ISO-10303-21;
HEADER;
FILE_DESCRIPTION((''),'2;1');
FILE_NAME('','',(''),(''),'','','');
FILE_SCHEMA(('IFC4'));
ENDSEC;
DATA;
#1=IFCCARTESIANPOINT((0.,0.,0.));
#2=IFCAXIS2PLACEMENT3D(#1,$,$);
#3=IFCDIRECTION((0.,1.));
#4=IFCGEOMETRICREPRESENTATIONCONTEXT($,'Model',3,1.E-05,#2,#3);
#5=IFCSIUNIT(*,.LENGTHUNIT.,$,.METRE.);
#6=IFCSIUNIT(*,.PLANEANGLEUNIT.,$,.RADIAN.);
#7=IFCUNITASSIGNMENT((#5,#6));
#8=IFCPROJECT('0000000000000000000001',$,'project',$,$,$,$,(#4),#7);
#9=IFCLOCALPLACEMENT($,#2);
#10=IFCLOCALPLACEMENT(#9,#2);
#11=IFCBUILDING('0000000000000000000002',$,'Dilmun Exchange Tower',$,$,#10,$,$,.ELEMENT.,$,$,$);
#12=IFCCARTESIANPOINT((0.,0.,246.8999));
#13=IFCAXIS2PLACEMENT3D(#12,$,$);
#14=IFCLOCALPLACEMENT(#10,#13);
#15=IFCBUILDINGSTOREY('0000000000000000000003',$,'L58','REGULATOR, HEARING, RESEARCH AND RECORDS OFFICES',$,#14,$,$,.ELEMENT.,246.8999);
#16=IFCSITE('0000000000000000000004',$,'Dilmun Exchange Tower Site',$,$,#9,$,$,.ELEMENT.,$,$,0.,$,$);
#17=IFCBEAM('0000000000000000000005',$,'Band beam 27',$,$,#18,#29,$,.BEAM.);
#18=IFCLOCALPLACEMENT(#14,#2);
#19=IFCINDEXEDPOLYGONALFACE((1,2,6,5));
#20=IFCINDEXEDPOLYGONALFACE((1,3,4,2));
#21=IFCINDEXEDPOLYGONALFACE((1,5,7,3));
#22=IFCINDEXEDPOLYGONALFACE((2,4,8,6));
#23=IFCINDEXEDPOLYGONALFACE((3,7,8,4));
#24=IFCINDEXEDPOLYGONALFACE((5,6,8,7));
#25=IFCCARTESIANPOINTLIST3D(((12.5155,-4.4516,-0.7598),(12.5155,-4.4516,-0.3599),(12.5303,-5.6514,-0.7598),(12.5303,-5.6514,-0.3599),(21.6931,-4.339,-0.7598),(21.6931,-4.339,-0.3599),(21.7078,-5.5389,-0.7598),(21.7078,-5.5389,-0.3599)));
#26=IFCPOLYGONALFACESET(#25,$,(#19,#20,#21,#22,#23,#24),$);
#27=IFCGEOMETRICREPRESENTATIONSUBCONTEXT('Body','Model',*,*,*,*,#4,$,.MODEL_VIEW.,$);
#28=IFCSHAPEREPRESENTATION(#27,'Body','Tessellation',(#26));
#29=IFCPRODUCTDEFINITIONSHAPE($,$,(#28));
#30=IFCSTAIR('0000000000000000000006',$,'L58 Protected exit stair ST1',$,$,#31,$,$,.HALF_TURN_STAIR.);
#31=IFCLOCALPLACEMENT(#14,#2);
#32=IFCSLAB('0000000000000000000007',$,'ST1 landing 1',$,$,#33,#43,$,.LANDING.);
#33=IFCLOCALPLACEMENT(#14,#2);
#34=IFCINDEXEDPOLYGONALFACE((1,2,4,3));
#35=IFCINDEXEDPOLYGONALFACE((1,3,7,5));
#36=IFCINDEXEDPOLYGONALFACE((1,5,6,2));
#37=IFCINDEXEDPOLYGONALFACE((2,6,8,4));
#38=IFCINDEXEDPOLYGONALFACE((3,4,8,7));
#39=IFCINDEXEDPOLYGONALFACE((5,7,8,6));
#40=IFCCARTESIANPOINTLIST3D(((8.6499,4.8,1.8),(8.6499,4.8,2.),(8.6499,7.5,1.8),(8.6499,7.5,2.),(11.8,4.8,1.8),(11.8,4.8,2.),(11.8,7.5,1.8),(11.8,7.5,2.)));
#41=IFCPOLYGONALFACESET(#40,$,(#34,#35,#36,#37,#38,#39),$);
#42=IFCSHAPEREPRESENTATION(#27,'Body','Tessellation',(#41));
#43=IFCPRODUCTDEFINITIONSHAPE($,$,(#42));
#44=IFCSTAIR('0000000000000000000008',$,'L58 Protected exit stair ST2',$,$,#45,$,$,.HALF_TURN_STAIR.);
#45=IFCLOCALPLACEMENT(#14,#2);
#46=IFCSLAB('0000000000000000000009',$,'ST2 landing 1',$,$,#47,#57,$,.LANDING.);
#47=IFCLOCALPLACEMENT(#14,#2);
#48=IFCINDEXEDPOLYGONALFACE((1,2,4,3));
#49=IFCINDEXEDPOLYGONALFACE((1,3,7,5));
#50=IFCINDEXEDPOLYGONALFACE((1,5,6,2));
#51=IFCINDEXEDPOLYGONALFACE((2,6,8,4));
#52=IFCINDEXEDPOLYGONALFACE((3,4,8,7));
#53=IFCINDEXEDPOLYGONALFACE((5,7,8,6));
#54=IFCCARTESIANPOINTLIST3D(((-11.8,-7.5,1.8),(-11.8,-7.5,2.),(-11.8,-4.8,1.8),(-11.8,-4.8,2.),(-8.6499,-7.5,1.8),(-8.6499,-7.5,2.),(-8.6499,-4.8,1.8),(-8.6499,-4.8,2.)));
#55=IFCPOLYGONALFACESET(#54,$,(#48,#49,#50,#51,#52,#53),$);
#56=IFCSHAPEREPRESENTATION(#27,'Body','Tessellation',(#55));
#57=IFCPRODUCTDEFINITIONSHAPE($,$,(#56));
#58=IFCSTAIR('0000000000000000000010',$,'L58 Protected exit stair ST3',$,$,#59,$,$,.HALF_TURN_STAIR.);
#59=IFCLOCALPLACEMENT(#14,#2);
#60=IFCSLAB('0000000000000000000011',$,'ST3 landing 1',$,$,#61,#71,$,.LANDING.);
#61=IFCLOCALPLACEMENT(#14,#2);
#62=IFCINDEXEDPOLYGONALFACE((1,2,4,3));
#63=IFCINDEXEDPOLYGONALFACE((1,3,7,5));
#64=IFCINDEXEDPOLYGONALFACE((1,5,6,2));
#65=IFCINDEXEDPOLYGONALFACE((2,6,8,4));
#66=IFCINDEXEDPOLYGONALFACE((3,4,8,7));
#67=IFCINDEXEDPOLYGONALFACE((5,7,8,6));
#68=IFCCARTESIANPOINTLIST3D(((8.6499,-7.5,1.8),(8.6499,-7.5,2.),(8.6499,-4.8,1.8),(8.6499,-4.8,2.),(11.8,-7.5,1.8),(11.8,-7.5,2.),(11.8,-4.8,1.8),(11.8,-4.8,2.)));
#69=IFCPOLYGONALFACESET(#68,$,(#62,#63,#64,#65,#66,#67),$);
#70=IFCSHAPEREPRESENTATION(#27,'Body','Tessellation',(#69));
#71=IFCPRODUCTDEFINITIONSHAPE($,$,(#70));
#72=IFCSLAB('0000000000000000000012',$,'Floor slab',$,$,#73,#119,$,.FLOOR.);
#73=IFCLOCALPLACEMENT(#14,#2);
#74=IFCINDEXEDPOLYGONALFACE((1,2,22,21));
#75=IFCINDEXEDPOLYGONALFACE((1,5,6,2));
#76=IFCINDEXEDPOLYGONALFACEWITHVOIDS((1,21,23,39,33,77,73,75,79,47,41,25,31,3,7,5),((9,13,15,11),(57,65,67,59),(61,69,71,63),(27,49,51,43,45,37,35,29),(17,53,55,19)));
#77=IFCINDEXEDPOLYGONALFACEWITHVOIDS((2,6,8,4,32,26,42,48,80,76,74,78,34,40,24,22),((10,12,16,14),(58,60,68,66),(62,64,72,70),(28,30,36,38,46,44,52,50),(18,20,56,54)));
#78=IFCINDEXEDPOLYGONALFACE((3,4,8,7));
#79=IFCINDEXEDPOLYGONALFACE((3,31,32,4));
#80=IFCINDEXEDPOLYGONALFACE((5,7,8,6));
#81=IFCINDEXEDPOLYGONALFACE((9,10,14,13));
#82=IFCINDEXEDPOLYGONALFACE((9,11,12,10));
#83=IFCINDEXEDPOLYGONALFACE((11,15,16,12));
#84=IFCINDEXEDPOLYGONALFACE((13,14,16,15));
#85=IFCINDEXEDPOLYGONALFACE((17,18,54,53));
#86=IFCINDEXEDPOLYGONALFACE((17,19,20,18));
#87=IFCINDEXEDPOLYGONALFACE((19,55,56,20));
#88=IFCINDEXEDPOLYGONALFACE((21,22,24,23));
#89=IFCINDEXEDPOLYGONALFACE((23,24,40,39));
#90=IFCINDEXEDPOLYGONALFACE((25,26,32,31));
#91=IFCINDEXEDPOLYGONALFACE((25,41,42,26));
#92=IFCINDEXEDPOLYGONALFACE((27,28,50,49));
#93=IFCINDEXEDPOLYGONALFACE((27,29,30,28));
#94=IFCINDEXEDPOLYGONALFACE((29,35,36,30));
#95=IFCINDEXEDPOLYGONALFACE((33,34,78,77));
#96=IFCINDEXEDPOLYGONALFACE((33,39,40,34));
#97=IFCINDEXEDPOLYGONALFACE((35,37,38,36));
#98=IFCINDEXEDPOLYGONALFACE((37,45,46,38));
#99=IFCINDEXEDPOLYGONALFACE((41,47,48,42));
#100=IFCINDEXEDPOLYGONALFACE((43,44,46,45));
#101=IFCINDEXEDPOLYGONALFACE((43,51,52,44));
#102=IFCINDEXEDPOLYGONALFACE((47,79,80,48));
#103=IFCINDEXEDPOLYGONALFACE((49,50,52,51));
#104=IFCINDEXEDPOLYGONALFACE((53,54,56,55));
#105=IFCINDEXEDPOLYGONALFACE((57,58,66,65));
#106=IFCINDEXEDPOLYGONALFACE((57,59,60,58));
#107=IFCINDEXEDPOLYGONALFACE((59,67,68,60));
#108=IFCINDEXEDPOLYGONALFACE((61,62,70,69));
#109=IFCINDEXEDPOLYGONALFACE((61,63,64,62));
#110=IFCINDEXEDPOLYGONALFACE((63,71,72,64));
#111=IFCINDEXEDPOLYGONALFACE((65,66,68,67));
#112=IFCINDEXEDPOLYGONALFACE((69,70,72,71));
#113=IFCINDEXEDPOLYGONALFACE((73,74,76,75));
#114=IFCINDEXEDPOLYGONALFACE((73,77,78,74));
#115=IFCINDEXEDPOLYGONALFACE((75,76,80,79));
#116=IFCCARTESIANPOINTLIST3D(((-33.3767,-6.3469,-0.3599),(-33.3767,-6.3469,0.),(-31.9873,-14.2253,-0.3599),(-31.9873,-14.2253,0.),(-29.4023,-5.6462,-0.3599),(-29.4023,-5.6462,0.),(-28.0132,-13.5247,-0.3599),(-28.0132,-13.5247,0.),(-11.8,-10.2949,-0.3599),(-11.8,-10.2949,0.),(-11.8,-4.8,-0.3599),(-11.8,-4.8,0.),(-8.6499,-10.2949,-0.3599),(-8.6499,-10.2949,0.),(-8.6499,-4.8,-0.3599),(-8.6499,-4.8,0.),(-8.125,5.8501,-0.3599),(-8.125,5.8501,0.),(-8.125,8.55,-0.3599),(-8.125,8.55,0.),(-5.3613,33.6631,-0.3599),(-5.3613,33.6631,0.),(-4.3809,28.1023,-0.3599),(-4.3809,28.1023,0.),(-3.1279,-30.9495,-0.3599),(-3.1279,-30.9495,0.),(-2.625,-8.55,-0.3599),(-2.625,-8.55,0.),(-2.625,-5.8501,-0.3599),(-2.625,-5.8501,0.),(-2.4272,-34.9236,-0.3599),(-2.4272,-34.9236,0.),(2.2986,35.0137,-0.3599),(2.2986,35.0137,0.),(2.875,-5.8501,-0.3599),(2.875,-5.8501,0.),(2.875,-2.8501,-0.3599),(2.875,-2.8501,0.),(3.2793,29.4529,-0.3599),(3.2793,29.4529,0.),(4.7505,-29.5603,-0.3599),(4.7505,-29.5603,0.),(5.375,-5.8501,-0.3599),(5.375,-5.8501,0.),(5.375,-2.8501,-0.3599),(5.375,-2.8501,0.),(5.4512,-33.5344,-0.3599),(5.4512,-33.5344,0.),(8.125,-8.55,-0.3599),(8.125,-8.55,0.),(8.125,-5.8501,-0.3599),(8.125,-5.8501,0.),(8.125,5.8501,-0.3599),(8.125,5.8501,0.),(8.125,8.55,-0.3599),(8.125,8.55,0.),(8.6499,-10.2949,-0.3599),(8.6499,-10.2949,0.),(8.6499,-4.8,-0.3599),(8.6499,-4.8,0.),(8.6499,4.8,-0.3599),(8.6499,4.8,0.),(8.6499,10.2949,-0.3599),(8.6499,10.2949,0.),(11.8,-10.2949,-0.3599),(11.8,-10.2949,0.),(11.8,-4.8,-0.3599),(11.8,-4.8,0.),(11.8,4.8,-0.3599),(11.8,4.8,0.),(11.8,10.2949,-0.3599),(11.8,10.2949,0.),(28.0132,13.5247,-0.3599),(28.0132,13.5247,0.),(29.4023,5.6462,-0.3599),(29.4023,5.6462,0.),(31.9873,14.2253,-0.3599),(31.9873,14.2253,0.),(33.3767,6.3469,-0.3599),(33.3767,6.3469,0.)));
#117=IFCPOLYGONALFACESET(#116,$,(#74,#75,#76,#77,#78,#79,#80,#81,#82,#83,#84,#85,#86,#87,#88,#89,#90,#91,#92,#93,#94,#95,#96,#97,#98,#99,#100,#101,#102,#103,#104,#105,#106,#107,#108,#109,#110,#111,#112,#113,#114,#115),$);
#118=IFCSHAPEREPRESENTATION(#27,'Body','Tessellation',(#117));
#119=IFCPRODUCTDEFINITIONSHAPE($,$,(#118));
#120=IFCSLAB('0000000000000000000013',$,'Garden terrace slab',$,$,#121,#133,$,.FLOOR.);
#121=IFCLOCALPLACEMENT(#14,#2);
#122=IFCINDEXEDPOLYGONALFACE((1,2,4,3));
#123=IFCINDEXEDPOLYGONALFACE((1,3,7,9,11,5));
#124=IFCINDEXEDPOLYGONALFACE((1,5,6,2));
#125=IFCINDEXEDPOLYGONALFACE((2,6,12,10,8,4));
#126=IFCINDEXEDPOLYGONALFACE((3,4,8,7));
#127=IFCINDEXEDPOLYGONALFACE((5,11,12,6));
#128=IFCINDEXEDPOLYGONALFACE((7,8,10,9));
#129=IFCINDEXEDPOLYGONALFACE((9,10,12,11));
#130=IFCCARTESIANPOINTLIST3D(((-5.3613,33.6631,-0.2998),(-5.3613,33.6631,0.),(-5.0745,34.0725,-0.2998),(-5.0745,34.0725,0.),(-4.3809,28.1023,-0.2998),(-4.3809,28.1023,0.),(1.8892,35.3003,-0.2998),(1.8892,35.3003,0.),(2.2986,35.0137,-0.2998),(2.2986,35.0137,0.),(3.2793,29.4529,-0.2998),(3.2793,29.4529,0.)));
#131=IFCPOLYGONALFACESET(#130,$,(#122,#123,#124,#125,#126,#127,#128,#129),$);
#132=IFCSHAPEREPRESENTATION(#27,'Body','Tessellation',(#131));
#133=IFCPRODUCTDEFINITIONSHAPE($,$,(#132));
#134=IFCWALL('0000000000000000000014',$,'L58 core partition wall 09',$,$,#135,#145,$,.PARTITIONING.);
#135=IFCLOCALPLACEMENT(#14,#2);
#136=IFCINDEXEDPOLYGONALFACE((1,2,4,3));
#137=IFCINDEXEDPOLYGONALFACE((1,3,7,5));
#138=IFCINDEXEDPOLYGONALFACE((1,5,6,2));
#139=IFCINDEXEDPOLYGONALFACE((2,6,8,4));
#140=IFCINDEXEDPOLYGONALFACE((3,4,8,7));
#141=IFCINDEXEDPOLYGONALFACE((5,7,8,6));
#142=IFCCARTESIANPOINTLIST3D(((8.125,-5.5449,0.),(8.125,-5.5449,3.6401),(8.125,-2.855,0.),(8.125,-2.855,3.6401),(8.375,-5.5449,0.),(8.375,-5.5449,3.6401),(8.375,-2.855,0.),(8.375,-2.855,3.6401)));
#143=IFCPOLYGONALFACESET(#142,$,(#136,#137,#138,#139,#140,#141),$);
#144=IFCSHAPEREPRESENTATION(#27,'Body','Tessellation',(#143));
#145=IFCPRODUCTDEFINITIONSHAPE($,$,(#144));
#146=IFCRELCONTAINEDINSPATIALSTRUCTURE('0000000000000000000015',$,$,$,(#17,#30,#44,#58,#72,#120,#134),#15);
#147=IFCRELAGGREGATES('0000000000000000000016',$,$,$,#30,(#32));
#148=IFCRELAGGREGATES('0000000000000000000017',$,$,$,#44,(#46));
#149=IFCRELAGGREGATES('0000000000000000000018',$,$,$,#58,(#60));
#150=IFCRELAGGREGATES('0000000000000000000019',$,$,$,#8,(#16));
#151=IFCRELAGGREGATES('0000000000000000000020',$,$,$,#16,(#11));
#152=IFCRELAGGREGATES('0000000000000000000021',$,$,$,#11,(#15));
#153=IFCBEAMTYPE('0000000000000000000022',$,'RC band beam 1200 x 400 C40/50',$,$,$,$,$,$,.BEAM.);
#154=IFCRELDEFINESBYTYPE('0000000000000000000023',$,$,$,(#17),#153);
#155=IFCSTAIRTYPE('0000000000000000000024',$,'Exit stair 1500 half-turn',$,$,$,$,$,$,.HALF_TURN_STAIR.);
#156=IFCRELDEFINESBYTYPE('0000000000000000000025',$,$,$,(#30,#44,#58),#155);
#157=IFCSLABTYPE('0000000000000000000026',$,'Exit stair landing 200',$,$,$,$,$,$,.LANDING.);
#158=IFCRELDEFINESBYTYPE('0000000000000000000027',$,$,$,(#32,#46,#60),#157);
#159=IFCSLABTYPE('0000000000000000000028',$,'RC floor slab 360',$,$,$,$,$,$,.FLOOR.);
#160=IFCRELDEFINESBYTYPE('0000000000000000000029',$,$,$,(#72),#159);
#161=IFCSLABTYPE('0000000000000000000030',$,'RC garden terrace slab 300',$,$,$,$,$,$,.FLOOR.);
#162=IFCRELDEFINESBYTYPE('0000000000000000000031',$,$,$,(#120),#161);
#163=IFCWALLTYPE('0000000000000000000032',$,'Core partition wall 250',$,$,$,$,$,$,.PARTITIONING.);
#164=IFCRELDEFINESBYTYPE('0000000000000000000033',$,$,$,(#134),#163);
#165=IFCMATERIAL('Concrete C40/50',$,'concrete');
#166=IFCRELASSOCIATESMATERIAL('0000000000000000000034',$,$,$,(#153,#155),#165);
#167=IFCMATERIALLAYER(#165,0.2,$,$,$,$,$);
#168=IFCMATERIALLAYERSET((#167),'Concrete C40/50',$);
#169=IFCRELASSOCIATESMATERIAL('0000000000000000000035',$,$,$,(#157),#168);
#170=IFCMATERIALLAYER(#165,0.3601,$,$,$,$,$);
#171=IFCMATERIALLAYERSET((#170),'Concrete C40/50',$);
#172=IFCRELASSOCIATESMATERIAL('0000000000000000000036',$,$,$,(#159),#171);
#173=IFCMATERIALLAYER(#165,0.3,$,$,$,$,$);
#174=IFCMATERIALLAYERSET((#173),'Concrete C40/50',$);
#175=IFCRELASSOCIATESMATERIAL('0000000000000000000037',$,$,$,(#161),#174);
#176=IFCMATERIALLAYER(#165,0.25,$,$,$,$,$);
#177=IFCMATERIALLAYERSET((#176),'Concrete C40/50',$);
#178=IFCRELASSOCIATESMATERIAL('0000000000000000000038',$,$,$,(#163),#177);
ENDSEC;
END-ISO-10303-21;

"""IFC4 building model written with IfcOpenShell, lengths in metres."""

from ifc_helpers import new_model, si_unit, direction, frame, frame_2d, origin, origin_2d, place, context, subcontext, project, spatial, polyline, rectangle, outline, extrude, material, layer, layer_set, material_profile, profile_set, type_object, element, aggregate, save


model = new_model("IFC4")

# Units and contexts
model_context = context("Model", 3, precision=1e-05, world=origin(), true_north=direction((0.0, 1.0)))
body_context = subcontext(model_context, "Body", "Model", "MODEL_VIEW")
ifc_project = project(units=[si_unit("LENGTHUNIT", "METRE"), si_unit("PLANEANGLEUNIT", "RADIAN")], contexts=[model_context])

# Site, building, storey
site_placement = place(None, origin())
site = spatial("IfcSite", under=ifc_project, at=site_placement, Name="Dilmun Exchange Tower Site", CompositionType="ELEMENT", RefElevation=0.0)
building_placement = place(site_placement, origin())
building = spatial("IfcBuilding", under=site, at=building_placement, Name="Dilmun Exchange Tower", CompositionType="ELEMENT")
storey_placement = place(building_placement, frame((0.0, 0.0, 246.8999)))
storey = spatial("IfcBuildingStorey", under=building, at=storey_placement, Name="L58", Description="REGULATOR, HEARING, RESEARCH AND RECORDS OFFICES", CompositionType="ELEMENT", Elevation=246.8999)

# Beam
ifc_material_1 = material(Name="Concrete C40/50", Category="concrete")
ifc_material_profile = material_profile(ifc_material_1, rectangle(XDim=1.2, YDim=0.3999, at=origin_2d()), Name="1200 x 400")
ifc_profile_set = profile_set([ifc_material_profile], Name="Concrete C40/50")
beam_type = type_object("IfcBeamType", Name="RC band beam 1200 x 400 C40/50", PredefinedType="BEAM", material=ifc_profile_set)
beam_placement = place(storey_placement, frame((21.7004, -4.939, -0.5598), z_axis=(-0.999925, -0.012263, 0.0), x_axis=(0.012263, -0.999925, 0.0)))
element("IfcBeam", 1, at=beam_placement, inside=storey, type_object=beam_type, Name="Band beam 27", PredefinedType="BEAM", context=body_context, shape_type="SweptSolid", body=[
    extrude(rectangle(XDim=1.2, YDim=0.3999, at=origin_2d()), origin(), (0.0, 0.0, 1.0), 9.1782),
])

# Stairs, slabs
stair_type = type_object("IfcStairType", Name="Exit stair 1500 half-turn", PredefinedType="HALF_TURN_STAIR", material=ifc_material_1)
stair_1_placement = place(storey_placement, origin())
stair_1 = element("IfcStair", 2, at=stair_1_placement, inside=storey, type_object=stair_type, Name="L58 Protected exit stair ST1", PredefinedType="HALF_TURN_STAIR")
ifc_layer_1 = layer(ifc_material_1, 0.2)
ifc_layer_set_1 = layer_set([ifc_layer_1], Name="Concrete C40/50")
slab_type_1 = type_object("IfcSlabType", Name="Exit stair landing 200", PredefinedType="LANDING", material=ifc_layer_set_1)
slab_1_placement = place(storey_placement, frame((0.0, 0.0, 1.8)))
slab_1 = element("IfcSlab", 3, at=slab_1_placement, type_object=slab_type_1, Name="ST1 landing 1", PredefinedType="LANDING", context=body_context, shape_type="SweptSolid", body=[
    extrude(outline(polyline([(8.6499, 7.5), (8.6499, 4.8), (11.8, 4.8), (11.8, 7.5), (8.6499, 7.5)])), origin(), (0.0, 0.0, 1.0), 0.2),
])
aggregate(stair_1, [slab_1])
stair_2_placement = place(storey_placement, origin())
stair_2 = element("IfcStair", 4, at=stair_2_placement, inside=storey, type_object=stair_type, Name="L58 Protected exit stair ST2", PredefinedType="HALF_TURN_STAIR")
slab_2_placement = place(storey_placement, frame((0.0, 0.0, 1.8)))
slab_2 = element("IfcSlab", 5, at=slab_2_placement, type_object=slab_type_1, Name="ST2 landing 1", PredefinedType="LANDING", context=body_context, shape_type="SweptSolid", body=[
    extrude(outline(polyline([(-8.6499, -7.5), (-8.6499, -4.8), (-11.8, -4.8), (-11.8, -7.5), (-8.6499, -7.5)])), origin(), (0.0, 0.0, 1.0), 0.2),
])
aggregate(stair_2, [slab_2])
stair_3_placement = place(storey_placement, origin())
stair_3 = element("IfcStair", 6, at=stair_3_placement, inside=storey, type_object=stair_type, Name="L58 Protected exit stair ST3", PredefinedType="HALF_TURN_STAIR")
slab_3_placement = place(storey_placement, frame((0.0, 0.0, 1.8)))
slab_3 = element("IfcSlab", 7, at=slab_3_placement, type_object=slab_type_1, Name="ST3 landing 1", PredefinedType="LANDING", context=body_context, shape_type="SweptSolid", body=[
    extrude(outline(polyline([(11.8, -7.5), (11.8, -4.8), (8.6499, -4.8), (8.6499, -7.5), (11.8, -7.5)])), origin(), (0.0, 0.0, 1.0), 0.2),
])

# Slabs
ifc_layer_2 = layer(ifc_material_1, 0.3601)
ifc_layer_set_2 = layer_set([ifc_layer_2], Name="Concrete C40/50")
slab_type_2 = type_object("IfcSlabType", Name="RC floor slab 360", PredefinedType="FLOOR", material=ifc_layer_set_2)
slab_4_placement = place(storey_placement, frame((0.0, 0.0, -0.3599)))
element("IfcSlab", 8, at=slab_4_placement, inside=storey, type_object=slab_type_2, Name="Floor slab", PredefinedType="FLOOR", context=body_context, shape_type="SweptSolid", body=[
    extrude(outline(polyline([(28.0132, 13.5247), (29.4023, 5.6462), (33.3767, 6.3469), (5.4512, -33.5344), (4.7505, -29.5603), (-3.1279, -30.9495), (-2.4272, -34.9236), (-31.9873, -14.2253), (-28.0132, -13.5247), (-29.4023, -5.6462), (-33.3767, -6.3469), (-5.3613, 33.6631), (-4.3809, 28.1023), (3.2793, 29.4529), (2.2986, 35.0137), (31.9873, 14.2253), (28.0132, 13.5247)]), holes=[polyline([(-8.6499, -4.8), (-11.8, -4.8), (-11.8, -10.2949), (-8.6499, -10.2949), (-8.6499, -4.8)]), polyline([(11.8, -4.8), (8.6499, -4.8), (8.6499, -10.2949), (11.8, -10.2949), (11.8, -4.8)]), polyline([(2.875, -5.8501), (-2.625, -5.8501), (-2.625, -8.55), (8.125, -8.55), (8.125, -5.8501), (5.375, -5.8501), (5.375, -2.8501), (2.875, -2.8501), (2.875, -5.8501)]), polyline([(8.125, 5.8501), (8.125, 8.55), (-8.125, 8.55), (-8.125, 5.8501), (8.125, 5.8501)]), polyline([(8.6499, 10.2949), (8.6499, 4.8), (11.8, 4.8), (11.8, 10.2949), (8.6499, 10.2949)])]), origin(), (0.0, 0.0, 1.0), 0.3599),
])
ifc_layer_3 = layer(ifc_material_1, 0.3)
ifc_layer_set_3 = layer_set([ifc_layer_3], Name="Concrete C40/50")
slab_type_3 = type_object("IfcSlabType", Name="RC garden terrace slab 300", PredefinedType="FLOOR", material=ifc_layer_set_3)
slab_5_placement = place(storey_placement, frame((0.0, 0.0, -0.2998)))
element("IfcSlab", 9, at=slab_5_placement, inside=storey, type_object=slab_type_3, Name="Garden terrace slab", PredefinedType="FLOOR", context=body_context, shape_type="SweptSolid", body=[
    extrude(outline(polyline([(-4.3809, 28.1023), (-5.3613, 33.6631), (-5.0745, 34.0725), (1.8892, 35.3003), (2.2986, 35.0137), (3.2793, 29.4529), (-4.3809, 28.1023)])), origin(), (0.0, 0.0, 1.0), 0.2998),
])

# Wall
ifc_layer_4 = layer(ifc_material_1, 0.25)
ifc_layer_set_4 = layer_set([ifc_layer_4], Name="Concrete C40/50")
wall_type_1 = type_object("IfcWallType", Name="Core partition wall 250", PredefinedType="PARTITIONING", material=ifc_layer_set_4)
wall_1_placement = place(storey_placement, frame((8.25, -5.5449, 0.0), z_axis=(0.0, 0.0, 1.0), x_axis=(0.0, 1.0, 0.0)))
element("IfcWall", 10, at=wall_1_placement, inside=storey, type_object=wall_type_1, Name="L58 core partition wall 09", PredefinedType="PARTITIONING", context=body_context, shape_type="SweptSolid", body=[
    extrude(rectangle(XDim=2.6899, YDim=0.25, at=frame_2d((1.345, 0.0))), origin(), (0.0, 0.0, 1.0), 3.6401),
])

aggregate(stair_3, [slab_3])

save(model, "model.ifc")
